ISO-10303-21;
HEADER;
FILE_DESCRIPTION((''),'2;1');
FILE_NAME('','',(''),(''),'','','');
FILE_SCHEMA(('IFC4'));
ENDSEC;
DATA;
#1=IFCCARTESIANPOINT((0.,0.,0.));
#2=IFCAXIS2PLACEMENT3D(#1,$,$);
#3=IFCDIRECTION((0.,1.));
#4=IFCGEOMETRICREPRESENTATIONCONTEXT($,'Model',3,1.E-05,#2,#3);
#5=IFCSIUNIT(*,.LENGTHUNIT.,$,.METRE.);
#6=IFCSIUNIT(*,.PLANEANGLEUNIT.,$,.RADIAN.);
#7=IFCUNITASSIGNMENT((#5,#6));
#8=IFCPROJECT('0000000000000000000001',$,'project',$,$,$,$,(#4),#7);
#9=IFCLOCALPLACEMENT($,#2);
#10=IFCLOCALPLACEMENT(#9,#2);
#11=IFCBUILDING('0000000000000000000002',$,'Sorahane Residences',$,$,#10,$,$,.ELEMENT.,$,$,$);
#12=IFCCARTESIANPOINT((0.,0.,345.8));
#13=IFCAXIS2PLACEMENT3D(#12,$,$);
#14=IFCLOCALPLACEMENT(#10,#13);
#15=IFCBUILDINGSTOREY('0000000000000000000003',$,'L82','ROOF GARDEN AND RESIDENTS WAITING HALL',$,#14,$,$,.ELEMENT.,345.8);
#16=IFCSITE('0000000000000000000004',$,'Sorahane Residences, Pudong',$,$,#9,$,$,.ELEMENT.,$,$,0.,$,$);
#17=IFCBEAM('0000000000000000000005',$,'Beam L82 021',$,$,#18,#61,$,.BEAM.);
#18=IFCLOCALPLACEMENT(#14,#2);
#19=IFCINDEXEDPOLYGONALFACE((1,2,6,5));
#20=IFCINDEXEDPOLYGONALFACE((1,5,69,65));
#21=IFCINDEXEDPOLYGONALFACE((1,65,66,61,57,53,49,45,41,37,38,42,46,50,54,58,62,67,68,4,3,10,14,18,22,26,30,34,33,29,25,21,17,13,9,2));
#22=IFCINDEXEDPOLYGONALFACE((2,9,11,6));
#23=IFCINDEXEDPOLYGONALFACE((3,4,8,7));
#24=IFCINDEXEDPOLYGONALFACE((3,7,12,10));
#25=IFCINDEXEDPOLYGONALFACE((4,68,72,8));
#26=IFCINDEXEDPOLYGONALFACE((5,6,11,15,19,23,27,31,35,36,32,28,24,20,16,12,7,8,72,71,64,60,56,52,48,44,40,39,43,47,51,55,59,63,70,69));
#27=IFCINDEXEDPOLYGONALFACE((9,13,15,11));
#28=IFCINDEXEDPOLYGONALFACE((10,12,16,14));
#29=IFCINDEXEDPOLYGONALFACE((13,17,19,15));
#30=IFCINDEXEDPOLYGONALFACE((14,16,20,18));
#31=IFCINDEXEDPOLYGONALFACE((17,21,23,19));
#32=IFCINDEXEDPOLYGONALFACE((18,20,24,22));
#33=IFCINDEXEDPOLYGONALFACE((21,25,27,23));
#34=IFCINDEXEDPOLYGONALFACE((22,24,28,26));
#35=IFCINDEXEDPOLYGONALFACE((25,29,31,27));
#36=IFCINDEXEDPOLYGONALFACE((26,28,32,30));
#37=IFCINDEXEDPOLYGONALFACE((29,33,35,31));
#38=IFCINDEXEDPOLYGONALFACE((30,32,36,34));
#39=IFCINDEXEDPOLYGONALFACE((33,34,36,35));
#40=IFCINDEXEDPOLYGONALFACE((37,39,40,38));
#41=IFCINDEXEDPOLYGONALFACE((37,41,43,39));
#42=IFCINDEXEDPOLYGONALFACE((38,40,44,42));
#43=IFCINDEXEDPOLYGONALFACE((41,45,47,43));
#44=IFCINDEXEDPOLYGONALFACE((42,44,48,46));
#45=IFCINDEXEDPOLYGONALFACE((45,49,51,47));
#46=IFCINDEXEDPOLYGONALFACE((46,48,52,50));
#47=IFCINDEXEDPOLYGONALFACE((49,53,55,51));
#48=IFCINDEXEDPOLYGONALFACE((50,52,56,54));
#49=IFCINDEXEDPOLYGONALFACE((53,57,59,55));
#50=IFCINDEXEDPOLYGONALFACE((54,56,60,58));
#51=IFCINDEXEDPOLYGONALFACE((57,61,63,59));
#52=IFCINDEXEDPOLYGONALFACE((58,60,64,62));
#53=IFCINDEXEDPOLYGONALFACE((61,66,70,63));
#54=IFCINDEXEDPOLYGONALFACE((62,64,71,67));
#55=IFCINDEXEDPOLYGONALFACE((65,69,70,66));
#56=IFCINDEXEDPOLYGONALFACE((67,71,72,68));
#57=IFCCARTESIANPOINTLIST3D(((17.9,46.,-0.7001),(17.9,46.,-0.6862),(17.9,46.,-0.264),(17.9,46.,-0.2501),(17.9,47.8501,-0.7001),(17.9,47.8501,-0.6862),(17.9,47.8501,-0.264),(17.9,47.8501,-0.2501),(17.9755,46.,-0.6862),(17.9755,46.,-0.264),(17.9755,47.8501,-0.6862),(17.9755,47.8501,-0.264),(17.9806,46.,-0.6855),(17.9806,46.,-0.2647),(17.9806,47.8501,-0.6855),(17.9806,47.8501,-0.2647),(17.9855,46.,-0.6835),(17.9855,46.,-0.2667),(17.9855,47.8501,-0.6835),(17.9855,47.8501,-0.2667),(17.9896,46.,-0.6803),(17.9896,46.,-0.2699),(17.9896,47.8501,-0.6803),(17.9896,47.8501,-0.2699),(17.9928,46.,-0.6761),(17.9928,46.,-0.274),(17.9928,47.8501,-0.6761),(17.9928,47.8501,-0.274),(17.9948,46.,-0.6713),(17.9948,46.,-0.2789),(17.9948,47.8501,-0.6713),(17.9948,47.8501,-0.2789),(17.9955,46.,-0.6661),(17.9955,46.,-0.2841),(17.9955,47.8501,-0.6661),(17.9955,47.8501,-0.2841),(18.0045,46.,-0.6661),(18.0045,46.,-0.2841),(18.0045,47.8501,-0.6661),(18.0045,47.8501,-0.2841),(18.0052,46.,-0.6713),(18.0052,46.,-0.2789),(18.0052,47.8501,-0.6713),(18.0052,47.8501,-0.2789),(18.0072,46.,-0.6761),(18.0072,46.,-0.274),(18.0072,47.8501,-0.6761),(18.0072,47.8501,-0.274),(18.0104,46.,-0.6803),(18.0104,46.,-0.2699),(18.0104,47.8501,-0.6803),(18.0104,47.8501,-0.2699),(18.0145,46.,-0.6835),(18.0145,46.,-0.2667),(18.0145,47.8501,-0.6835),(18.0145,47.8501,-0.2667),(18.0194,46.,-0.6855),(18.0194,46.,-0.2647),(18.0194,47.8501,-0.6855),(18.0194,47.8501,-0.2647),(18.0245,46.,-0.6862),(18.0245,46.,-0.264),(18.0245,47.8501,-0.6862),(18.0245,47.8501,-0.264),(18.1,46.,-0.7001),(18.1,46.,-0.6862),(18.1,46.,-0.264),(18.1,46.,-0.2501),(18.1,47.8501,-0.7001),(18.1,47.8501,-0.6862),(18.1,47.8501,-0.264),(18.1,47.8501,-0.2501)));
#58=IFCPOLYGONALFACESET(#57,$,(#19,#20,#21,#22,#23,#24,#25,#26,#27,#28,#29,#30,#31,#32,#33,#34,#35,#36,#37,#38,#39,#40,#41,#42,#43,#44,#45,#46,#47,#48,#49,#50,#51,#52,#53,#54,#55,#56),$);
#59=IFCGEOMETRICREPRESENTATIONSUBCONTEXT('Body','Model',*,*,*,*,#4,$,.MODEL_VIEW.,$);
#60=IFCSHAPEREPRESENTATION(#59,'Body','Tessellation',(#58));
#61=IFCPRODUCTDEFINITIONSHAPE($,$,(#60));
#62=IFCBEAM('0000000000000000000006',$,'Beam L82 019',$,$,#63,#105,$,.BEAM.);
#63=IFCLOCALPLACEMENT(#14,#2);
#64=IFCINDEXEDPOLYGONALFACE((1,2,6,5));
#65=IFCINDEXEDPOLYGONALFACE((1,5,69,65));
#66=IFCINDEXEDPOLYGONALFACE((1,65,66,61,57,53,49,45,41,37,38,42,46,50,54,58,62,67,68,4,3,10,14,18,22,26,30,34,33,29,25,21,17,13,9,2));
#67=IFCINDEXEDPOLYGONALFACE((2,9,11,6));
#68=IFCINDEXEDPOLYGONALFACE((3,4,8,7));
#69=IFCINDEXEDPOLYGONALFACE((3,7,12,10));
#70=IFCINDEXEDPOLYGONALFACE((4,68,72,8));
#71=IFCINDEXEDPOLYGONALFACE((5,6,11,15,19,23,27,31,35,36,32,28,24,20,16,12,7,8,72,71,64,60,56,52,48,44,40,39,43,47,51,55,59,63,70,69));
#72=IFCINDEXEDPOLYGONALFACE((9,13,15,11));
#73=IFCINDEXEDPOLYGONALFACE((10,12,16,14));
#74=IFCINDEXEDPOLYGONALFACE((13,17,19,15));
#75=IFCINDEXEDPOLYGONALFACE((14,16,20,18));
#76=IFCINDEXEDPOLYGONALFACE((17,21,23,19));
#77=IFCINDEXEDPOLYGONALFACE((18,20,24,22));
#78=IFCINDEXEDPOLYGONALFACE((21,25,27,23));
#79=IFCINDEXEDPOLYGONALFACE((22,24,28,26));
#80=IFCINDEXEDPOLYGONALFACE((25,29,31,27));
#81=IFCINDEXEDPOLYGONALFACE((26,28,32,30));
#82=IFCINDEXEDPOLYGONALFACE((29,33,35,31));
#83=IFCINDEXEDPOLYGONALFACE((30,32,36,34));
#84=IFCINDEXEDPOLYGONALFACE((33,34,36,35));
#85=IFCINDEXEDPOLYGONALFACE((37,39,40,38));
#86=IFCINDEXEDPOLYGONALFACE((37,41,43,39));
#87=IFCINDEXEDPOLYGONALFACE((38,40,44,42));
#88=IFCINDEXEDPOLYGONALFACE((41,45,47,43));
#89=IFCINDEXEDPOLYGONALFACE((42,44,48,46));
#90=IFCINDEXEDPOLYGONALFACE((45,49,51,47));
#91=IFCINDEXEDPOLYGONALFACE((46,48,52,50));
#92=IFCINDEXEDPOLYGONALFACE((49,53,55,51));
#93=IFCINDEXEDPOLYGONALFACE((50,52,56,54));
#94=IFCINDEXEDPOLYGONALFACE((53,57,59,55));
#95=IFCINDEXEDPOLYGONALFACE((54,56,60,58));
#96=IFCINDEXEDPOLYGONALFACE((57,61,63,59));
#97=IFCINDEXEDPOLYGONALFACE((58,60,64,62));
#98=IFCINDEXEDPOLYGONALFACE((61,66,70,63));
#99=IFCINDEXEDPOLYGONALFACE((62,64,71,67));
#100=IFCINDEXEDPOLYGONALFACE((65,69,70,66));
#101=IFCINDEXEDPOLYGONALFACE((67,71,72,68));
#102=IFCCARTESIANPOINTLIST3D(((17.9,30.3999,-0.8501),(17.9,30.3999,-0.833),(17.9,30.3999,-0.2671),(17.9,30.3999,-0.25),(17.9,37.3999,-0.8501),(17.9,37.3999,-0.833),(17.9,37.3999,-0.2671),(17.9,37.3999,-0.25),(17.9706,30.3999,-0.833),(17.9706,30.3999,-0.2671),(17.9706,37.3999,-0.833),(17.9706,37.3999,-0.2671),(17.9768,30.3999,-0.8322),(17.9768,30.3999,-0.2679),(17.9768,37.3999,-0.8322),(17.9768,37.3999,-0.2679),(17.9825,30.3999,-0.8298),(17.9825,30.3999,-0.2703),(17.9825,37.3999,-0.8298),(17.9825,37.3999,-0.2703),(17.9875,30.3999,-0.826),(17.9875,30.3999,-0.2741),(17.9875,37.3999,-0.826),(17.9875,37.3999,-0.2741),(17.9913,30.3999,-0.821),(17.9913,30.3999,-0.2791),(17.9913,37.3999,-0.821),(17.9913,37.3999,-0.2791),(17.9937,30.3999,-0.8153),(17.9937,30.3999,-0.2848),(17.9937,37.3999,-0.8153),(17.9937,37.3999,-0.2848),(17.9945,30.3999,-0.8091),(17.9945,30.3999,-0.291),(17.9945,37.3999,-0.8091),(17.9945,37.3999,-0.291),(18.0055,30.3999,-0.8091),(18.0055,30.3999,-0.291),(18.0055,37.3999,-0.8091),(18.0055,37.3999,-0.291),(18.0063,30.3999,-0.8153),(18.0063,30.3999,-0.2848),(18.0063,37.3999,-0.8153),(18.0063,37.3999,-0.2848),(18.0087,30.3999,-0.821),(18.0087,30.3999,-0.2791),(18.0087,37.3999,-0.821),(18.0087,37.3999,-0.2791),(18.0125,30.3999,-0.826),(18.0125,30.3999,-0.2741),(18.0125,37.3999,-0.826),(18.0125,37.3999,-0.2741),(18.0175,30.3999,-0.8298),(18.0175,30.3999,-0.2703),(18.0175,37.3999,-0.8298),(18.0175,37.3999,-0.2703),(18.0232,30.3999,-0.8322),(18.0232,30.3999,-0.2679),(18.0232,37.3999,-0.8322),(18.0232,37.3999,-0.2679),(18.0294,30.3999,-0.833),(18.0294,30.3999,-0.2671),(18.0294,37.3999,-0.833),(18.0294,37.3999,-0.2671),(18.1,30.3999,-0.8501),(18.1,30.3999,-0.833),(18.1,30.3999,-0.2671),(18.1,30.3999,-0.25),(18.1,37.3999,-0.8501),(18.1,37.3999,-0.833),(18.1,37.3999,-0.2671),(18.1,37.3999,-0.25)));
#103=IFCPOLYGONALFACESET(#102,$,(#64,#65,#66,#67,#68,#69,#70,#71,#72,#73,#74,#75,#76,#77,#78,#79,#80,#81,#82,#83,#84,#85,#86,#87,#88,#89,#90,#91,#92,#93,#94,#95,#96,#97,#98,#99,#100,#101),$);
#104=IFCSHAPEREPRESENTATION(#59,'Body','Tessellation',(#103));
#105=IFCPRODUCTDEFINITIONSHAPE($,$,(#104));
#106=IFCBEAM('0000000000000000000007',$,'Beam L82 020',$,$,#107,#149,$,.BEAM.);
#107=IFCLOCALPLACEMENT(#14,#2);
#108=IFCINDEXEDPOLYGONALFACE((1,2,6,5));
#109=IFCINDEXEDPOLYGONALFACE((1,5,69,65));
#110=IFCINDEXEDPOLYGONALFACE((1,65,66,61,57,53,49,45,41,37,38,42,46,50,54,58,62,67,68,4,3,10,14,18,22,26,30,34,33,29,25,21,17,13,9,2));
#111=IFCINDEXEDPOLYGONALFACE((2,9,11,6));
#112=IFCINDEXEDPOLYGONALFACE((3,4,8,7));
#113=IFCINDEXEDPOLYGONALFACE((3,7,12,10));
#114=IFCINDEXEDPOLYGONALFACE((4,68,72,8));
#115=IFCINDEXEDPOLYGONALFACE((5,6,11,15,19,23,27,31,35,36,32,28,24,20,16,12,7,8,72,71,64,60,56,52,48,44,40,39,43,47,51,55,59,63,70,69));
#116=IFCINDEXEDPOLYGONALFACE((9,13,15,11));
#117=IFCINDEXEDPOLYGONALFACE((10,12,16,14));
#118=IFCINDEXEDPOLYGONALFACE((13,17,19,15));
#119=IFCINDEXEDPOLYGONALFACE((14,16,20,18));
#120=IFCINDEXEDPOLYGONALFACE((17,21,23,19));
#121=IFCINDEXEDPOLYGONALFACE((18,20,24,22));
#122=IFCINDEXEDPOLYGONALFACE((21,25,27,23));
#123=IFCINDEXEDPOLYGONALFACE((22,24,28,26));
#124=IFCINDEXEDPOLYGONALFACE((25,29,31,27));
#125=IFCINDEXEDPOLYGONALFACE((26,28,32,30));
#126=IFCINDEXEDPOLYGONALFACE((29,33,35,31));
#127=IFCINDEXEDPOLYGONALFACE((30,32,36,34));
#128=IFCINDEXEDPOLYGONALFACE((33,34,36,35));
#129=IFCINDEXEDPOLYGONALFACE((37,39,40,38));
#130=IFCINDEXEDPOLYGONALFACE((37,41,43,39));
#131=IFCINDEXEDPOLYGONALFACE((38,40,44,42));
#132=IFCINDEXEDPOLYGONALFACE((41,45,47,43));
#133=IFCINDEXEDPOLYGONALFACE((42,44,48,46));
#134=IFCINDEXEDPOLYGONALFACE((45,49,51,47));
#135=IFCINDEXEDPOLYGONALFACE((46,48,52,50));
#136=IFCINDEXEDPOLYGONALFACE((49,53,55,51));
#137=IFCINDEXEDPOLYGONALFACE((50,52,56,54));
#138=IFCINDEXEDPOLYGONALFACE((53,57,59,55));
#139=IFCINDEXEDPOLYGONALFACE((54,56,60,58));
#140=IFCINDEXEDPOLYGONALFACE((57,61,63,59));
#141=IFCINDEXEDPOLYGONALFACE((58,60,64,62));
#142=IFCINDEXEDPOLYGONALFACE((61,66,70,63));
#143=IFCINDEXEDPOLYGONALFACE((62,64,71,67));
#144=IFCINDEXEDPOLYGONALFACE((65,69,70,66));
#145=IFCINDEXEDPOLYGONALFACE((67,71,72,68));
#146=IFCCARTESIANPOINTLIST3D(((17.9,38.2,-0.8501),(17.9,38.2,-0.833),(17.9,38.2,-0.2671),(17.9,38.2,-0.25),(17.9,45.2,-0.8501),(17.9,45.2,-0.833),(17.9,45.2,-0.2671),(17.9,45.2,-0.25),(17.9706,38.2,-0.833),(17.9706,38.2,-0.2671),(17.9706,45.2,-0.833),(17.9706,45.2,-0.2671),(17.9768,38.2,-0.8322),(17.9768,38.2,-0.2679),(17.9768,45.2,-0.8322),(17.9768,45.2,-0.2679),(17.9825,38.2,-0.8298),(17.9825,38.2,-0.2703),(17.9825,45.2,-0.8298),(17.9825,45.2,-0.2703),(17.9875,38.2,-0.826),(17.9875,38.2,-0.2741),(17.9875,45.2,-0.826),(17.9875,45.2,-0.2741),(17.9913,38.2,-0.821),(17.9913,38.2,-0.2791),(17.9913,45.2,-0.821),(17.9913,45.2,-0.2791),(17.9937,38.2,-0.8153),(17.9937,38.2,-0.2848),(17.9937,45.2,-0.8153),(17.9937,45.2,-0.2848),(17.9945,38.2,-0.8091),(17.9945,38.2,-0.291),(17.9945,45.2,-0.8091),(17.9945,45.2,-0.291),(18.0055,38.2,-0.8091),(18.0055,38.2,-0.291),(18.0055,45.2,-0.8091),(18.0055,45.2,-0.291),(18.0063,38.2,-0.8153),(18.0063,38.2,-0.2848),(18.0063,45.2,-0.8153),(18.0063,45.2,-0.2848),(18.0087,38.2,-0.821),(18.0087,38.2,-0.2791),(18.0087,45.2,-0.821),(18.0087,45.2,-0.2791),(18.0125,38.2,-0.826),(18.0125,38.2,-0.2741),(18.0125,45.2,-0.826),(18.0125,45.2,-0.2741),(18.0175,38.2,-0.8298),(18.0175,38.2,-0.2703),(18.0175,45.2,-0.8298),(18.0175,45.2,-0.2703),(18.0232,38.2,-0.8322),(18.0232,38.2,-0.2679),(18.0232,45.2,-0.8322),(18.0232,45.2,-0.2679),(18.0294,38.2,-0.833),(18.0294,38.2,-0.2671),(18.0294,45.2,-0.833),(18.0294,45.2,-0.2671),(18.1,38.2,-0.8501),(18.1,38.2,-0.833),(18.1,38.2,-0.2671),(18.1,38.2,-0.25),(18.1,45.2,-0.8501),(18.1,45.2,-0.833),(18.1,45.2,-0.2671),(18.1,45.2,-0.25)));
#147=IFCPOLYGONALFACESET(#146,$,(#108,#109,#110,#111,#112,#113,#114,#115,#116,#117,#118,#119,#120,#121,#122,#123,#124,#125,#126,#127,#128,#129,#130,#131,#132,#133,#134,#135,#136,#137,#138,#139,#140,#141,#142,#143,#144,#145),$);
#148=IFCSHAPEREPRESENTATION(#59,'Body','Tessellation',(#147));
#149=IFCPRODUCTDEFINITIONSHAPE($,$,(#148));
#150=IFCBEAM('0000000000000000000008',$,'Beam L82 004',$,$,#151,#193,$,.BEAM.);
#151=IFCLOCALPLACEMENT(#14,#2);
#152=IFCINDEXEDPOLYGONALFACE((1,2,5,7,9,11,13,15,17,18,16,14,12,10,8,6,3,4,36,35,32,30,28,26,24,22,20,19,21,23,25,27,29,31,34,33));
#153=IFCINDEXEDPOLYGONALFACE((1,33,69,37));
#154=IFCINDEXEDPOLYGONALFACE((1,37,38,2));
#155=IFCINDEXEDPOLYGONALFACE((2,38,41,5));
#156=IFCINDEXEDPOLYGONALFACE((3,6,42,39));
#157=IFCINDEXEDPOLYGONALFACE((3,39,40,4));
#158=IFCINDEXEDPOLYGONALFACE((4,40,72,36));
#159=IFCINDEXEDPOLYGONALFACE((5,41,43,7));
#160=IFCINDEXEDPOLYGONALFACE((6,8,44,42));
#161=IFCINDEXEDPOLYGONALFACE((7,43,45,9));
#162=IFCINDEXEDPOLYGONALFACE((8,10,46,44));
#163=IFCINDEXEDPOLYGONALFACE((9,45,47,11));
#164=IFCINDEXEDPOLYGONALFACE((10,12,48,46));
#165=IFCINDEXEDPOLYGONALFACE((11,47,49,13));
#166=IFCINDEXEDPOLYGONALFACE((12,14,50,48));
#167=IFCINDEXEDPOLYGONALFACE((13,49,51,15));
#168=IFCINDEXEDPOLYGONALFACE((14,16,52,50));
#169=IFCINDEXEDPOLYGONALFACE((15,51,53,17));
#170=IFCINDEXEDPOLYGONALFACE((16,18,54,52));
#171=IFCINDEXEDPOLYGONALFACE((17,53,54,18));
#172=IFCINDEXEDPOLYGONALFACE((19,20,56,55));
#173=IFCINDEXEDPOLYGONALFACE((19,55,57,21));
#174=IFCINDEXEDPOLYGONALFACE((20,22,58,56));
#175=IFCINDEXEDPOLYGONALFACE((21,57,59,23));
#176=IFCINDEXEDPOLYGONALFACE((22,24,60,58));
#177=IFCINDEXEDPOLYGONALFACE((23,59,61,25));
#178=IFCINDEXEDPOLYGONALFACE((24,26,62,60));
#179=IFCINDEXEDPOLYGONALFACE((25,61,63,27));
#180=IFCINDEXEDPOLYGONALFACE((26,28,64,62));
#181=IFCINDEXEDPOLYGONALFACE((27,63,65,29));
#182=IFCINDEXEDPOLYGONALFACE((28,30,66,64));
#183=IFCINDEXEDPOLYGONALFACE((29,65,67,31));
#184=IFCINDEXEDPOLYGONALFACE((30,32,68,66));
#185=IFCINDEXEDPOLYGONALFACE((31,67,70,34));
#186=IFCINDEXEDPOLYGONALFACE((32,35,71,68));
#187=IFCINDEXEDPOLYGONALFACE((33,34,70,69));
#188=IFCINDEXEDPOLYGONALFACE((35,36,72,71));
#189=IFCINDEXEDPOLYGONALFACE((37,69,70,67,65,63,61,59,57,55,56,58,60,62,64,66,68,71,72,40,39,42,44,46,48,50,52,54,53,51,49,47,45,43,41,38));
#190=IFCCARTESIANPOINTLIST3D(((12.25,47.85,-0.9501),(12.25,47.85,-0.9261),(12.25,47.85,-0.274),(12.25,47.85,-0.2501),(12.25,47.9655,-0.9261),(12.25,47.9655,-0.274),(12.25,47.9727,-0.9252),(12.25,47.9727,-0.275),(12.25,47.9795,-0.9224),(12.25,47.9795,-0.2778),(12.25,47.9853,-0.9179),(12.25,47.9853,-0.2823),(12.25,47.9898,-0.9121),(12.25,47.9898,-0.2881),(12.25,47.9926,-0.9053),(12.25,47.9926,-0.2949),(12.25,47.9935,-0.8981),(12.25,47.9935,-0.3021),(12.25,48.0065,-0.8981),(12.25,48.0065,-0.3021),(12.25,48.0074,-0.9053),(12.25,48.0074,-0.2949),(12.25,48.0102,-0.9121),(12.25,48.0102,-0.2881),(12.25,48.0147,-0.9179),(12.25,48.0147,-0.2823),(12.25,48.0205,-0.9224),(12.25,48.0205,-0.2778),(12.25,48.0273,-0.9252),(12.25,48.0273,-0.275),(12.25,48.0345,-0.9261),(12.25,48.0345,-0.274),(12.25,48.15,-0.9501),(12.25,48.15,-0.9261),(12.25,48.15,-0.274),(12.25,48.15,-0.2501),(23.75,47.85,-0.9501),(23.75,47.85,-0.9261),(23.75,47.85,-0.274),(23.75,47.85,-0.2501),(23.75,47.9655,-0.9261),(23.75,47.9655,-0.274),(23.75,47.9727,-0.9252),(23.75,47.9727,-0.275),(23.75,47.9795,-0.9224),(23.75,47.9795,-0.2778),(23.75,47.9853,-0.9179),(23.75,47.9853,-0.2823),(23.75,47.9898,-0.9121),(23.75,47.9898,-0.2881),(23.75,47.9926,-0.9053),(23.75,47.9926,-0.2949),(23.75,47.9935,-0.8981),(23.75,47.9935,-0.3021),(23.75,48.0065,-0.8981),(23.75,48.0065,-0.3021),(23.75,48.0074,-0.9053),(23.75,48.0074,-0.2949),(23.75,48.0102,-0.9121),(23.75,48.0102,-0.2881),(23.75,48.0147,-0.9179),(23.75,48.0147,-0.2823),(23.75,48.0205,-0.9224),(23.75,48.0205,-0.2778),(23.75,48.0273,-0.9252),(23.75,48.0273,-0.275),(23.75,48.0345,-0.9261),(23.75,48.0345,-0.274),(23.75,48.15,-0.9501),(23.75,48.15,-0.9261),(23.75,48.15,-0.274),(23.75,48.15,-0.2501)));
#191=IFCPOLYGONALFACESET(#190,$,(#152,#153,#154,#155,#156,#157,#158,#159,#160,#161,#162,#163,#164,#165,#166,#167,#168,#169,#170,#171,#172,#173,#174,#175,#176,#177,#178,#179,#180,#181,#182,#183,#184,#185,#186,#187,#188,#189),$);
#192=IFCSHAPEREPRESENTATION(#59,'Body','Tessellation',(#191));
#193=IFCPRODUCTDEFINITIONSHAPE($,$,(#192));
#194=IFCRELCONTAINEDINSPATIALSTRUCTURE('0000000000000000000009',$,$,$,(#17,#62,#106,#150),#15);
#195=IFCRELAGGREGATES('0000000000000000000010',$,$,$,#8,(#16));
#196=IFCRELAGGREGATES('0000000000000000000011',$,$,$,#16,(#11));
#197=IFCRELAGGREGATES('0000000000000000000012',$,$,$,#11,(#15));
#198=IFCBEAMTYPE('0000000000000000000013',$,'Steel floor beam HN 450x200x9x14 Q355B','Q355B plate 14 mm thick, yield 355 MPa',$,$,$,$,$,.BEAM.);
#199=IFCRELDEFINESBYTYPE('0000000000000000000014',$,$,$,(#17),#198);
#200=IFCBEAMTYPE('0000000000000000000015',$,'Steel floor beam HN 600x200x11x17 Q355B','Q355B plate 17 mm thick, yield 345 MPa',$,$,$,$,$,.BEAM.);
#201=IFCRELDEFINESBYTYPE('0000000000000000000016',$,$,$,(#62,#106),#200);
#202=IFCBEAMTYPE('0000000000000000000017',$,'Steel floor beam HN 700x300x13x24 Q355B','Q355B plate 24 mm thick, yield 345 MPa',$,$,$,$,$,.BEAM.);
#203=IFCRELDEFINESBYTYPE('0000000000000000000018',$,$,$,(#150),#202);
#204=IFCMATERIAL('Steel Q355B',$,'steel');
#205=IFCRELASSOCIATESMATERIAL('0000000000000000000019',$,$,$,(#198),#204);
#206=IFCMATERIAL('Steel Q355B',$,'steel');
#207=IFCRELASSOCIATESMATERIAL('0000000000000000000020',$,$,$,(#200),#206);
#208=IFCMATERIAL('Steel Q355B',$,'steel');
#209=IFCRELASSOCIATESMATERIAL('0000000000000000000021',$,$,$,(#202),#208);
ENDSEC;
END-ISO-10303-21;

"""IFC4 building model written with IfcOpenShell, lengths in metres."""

from ifc_helpers import new_model, si_unit, direction, frame, origin, origin_2d, place, context, subcontext, project, spatial, i_section, extrude, material, material_profile, profile_set, type_object, element, save


model = new_model("IFC4")

# Units and contexts
model_context = context("Model", 3, precision=1e-05, world=origin(), true_north=direction((0.0, 1.0)))
body_context = subcontext(model_context, "Body", "Model", "MODEL_VIEW")
ifc_project = project(units=[si_unit("LENGTHUNIT", "METRE"), si_unit("PLANEANGLEUNIT", "RADIAN")], contexts=[model_context])

# Site, building, storey
site_placement = place(None, origin())
site = spatial("IfcSite", under=ifc_project, at=site_placement, Name="Sorahane Residences, Pudong", CompositionType="ELEMENT", RefElevation=0.0)
building_placement = place(site_placement, origin())
building = spatial("IfcBuilding", under=site, at=building_placement, Name="Sorahane Residences", CompositionType="ELEMENT")
storey_placement = place(building_placement, frame((0.0, 0.0, 345.8)))
storey = spatial("IfcBuildingStorey", under=building, at=storey_placement, Name="L82", Description="ROOF GARDEN AND RESIDENTS WAITING HALL", CompositionType="ELEMENT", Elevation=345.8)

# Beams
ifc_material_1 = material(Name="Steel Q355B", Category="steel")
ifc_material_profile_1 = material_profile(ifc_material_1, i_section(OverallWidth=0.2, OverallDepth=0.45, WebThickness=0.009, FlangeThickness=0.0139, FilletRadius=0.02, at=origin_2d()), Name="HN 450x200x9x14")
ifc_profile_set_1 = profile_set([ifc_material_profile_1], Name="Steel Q355B")
beam_type_1 = type_object("IfcBeamType", Name="Steel floor beam HN 450x200x9x14 Q355B", Description="Q355B plate 14 mm thick, yield 355 MPa", PredefinedType="BEAM", material=ifc_profile_set_1)
beam_1_placement = place(storey_placement, frame((18.0, 46.0, -0.4751), z_axis=(0.0, 1.0, 0.0), x_axis=(-1.0, 0.0, 0.0)))
element("IfcBeam", 1, at=beam_1_placement, inside=storey, type_object=beam_type_1, Name="Beam L82 021", PredefinedType="BEAM", context=body_context, shape_type="SweptSolid", body=[
    extrude(i_section(OverallWidth=0.2, OverallDepth=0.45, WebThickness=0.009, FlangeThickness=0.0139, FilletRadius=0.02, at=origin_2d()), origin(), (0.0, 0.0, 1.0), 1.8501),
])
ifc_material_2 = material(Name="Steel Q355B", Category="steel")
ifc_material_profile_2 = material_profile(ifc_material_2, i_section(OverallWidth=0.2, OverallDepth=0.6001, WebThickness=0.011, FlangeThickness=0.0171, FilletRadius=0.0239, at=origin_2d()), Name="HN 600x200x11x17")
ifc_profile_set_2 = profile_set([ifc_material_profile_2], Name="Steel Q355B")
beam_type_2 = type_object("IfcBeamType", Name="Steel floor beam HN 600x200x11x17 Q355B", Description="Q355B plate 17 mm thick, yield 345 MPa", PredefinedType="BEAM", material=ifc_profile_set_2)
for number, where, z_axis, x_axis, name in (
    (2, (18.0, 30.3999, -0.55), (0.0, 1.0, 0.0), (-1.0, 0.0, 0.0), "Beam L82 019"),
    (3, (18.0, 38.2, -0.55), (0.0, 1.0, 0.0), (-1.0, 0.0, 0.0), "Beam L82 020"),
):
    element("IfcBeam", number, at=place(storey_placement, frame(where, z_axis=z_axis, x_axis=x_axis)), inside=storey, type_object=beam_type_2, Name=name, PredefinedType="BEAM", context=body_context, shape_type="SweptSolid", body=[
        extrude(i_section(OverallWidth=0.2, OverallDepth=0.6001, WebThickness=0.011, FlangeThickness=0.0171, FilletRadius=0.0239, at=origin_2d()), origin(), (0.0, 0.0, 1.0), 7.0),
    ])
ifc_material_3 = material(Name="Steel Q355B", Category="steel")
ifc_material_profile_3 = material_profile(ifc_material_3, i_section(OverallWidth=0.3, OverallDepth=0.7, WebThickness=0.0129, FlangeThickness=0.0239, FilletRadius=0.0281, at=origin_2d()), Name="HN 700x300x13x24")
ifc_profile_set_3 = profile_set([ifc_material_profile_3], Name="Steel Q355B")
beam_type_3 = type_object("IfcBeamType", Name="Steel floor beam HN 700x300x13x24 Q355B", Description="Q355B plate 24 mm thick, yield 345 MPa", PredefinedType="BEAM", material=ifc_profile_set_3)
beam_2_placement = place(storey_placement, frame((12.25, 48.0, -0.6001), z_axis=(1.0, 0.0, 0.0), x_axis=(0.0, 1.0, 0.0)))
element("IfcBeam", 4, at=beam_2_placement, inside=storey, type_object=beam_type_3, Name="Beam L82 004", PredefinedType="BEAM", context=body_context, shape_type="SweptSolid", body=[
    extrude(i_section(OverallWidth=0.3, OverallDepth=0.7, WebThickness=0.0129, FlangeThickness=0.0239, FilletRadius=0.0281, at=origin_2d()), origin(), (0.0, 0.0, 1.0), 11.5),
])

save(model, "model.ifc")
